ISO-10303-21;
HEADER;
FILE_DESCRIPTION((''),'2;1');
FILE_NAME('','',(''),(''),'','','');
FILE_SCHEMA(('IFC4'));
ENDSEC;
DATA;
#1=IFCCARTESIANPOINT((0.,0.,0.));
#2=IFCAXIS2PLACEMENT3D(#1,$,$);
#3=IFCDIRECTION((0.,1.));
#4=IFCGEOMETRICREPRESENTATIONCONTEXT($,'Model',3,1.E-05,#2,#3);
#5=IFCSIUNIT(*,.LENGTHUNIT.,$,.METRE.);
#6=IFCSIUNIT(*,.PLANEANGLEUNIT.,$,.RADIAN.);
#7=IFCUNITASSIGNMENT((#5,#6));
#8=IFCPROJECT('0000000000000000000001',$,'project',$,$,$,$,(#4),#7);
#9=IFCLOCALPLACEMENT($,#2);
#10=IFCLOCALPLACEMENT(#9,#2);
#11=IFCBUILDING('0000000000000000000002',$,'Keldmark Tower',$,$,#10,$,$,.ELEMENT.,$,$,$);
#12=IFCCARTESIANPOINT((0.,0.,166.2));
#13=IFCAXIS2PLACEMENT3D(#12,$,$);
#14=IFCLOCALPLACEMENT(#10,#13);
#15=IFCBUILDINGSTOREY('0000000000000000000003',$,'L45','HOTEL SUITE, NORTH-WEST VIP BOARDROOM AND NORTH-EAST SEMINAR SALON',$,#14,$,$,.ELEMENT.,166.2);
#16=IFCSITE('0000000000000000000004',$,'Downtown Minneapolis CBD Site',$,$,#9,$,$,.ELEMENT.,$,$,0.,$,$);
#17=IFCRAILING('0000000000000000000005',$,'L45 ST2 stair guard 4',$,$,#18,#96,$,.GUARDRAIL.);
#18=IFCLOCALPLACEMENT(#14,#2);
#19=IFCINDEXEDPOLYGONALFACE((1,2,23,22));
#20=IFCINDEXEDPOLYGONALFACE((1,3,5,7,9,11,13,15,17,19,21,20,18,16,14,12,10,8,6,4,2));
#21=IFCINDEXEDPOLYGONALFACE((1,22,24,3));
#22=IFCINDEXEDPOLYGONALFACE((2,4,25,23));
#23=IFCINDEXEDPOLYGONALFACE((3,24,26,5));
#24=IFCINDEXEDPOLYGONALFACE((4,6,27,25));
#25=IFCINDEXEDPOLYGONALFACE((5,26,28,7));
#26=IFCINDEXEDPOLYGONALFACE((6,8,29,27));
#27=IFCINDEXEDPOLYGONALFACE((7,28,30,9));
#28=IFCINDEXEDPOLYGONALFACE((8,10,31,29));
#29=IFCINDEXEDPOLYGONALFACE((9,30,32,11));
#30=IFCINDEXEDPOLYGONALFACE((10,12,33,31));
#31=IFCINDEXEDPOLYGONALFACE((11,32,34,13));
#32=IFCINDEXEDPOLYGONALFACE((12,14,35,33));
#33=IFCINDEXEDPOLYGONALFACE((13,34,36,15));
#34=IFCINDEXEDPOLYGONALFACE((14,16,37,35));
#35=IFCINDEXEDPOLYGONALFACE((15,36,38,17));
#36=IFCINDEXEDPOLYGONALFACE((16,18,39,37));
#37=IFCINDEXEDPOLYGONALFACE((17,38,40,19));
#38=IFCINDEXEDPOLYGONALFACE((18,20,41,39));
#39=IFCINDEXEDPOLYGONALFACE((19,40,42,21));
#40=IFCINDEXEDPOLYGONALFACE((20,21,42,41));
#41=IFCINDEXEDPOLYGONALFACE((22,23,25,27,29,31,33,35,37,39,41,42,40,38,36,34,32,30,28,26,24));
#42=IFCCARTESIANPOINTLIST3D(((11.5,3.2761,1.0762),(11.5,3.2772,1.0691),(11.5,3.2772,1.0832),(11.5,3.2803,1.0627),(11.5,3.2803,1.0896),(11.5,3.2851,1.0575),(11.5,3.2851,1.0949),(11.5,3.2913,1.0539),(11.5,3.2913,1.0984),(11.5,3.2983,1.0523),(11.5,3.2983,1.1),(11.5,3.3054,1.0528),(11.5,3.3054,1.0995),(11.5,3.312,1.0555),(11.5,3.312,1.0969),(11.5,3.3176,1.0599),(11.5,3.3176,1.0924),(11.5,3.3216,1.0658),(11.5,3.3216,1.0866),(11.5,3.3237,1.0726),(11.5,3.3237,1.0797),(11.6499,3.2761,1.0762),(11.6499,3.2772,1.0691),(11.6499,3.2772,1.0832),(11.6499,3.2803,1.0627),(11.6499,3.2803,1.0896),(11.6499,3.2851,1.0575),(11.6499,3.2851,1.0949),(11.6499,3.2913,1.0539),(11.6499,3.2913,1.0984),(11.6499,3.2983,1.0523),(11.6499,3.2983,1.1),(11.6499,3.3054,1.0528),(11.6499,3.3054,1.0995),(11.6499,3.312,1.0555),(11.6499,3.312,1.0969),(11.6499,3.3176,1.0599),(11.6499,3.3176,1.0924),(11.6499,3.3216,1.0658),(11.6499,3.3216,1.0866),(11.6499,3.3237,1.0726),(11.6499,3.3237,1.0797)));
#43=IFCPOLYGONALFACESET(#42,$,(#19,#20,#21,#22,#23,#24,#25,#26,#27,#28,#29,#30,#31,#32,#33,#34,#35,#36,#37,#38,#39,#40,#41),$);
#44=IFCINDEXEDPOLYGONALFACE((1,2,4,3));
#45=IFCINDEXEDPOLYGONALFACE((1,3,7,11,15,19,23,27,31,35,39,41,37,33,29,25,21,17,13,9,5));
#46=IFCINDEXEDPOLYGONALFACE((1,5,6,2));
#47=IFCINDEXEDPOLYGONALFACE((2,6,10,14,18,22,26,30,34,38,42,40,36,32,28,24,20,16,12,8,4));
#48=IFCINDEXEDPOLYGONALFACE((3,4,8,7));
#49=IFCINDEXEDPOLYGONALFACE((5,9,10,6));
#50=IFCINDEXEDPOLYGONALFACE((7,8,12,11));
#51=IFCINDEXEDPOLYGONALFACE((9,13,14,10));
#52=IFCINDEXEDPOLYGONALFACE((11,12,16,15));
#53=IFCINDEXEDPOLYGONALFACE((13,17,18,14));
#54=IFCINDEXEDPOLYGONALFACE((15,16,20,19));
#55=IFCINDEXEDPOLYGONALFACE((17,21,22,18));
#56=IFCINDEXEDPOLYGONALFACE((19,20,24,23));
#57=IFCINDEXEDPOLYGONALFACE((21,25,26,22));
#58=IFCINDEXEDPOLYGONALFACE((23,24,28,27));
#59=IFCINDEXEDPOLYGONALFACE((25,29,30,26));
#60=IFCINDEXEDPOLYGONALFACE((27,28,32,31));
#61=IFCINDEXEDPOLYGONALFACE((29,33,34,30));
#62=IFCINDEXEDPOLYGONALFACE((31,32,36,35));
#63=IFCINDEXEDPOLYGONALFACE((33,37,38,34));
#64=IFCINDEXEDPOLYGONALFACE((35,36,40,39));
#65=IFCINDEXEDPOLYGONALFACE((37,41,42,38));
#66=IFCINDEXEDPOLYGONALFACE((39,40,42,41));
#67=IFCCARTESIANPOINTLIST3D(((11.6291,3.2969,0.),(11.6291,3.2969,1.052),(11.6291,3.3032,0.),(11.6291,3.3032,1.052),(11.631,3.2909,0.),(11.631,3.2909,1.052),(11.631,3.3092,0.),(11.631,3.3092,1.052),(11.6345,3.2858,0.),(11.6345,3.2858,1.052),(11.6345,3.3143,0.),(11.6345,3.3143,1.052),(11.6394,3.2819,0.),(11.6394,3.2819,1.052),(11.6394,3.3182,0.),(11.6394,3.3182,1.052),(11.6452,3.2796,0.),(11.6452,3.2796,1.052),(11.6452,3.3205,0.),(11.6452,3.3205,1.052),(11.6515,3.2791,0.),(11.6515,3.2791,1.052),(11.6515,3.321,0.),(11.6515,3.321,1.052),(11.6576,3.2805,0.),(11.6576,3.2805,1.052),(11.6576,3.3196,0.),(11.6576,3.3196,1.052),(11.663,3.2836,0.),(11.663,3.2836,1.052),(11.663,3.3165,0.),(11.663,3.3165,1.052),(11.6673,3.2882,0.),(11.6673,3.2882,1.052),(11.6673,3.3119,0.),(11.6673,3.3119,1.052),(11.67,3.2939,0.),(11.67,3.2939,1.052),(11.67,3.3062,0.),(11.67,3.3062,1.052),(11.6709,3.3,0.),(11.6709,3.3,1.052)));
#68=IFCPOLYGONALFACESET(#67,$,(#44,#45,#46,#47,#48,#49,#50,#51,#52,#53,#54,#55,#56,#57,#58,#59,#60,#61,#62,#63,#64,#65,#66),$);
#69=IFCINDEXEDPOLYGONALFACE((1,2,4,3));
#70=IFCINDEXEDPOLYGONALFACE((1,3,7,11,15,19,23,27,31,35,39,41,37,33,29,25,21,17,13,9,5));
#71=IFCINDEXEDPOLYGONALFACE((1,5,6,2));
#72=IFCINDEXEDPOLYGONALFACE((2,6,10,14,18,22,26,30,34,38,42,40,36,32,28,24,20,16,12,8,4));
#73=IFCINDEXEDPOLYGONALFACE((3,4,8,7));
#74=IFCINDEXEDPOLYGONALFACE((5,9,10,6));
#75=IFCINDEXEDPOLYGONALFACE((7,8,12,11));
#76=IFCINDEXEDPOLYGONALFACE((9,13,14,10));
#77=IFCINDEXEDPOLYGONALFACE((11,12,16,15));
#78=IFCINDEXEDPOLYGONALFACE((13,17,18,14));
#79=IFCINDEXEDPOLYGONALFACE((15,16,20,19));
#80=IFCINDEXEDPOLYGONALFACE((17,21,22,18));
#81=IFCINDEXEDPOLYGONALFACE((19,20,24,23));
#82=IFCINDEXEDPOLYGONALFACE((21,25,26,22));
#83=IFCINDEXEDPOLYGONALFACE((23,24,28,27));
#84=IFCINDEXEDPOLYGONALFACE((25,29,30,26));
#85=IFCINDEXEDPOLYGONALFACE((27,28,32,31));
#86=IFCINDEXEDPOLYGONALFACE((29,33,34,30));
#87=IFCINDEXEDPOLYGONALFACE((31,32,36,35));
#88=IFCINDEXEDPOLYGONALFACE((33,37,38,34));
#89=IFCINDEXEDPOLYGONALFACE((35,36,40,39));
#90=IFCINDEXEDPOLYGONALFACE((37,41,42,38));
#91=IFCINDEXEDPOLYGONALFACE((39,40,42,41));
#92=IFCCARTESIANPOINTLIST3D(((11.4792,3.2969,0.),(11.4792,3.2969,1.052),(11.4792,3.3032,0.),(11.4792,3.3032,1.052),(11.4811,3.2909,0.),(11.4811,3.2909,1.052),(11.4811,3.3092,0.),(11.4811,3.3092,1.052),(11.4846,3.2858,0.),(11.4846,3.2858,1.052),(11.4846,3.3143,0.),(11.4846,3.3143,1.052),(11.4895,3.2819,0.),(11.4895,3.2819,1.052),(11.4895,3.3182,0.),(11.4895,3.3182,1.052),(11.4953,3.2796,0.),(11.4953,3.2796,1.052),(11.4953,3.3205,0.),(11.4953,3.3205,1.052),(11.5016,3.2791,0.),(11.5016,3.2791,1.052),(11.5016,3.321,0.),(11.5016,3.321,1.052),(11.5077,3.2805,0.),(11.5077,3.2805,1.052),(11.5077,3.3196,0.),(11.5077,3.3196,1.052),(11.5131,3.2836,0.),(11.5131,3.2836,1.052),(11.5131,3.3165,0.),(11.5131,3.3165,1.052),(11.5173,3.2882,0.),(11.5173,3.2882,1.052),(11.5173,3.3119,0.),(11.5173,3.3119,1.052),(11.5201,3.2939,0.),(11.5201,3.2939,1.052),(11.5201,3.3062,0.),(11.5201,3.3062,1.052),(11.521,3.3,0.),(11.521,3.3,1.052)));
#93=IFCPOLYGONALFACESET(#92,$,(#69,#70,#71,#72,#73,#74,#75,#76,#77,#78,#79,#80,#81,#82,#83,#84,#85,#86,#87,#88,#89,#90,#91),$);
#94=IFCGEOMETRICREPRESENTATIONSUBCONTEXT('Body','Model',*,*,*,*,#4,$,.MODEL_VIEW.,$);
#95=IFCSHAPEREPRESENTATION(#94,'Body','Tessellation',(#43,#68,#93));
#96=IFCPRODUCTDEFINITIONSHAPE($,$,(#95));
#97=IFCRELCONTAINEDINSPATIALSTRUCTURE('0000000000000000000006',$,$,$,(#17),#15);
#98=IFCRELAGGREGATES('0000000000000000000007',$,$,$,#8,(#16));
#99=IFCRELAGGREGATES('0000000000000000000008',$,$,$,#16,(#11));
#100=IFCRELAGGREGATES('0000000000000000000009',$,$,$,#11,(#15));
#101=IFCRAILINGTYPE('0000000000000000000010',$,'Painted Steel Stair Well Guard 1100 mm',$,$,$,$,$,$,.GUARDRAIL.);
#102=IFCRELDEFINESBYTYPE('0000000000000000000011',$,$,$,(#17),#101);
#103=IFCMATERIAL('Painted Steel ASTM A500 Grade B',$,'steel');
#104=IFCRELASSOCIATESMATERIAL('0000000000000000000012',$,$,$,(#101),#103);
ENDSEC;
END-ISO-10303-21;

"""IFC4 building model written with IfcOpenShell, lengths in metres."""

from ifc_helpers import new_model, si_unit, direction, frame, origin, origin_2d, place, context, subcontext, project, spatial, circle, extrude, material, type_object, element, save


model = new_model("IFC4")

# Units and contexts
model_context = context("Model", 3, precision=1e-05, world=origin(), true_north=direction((0.0, 1.0)))
body_context = subcontext(model_context, "Body", "Model", "MODEL_VIEW")
ifc_project = project(units=[si_unit("LENGTHUNIT", "METRE"), si_unit("PLANEANGLEUNIT", "RADIAN")], contexts=[model_context])

# Site, building, storey
site_placement = place(None, origin())
site = spatial("IfcSite", under=ifc_project, at=site_placement, Name="Downtown Minneapolis CBD Site", CompositionType="ELEMENT", RefElevation=0.0)
building_placement = place(site_placement, origin())
building = spatial("IfcBuilding", under=site, at=building_placement, Name="Keldmark Tower", CompositionType="ELEMENT")
storey_placement = place(building_placement, frame((0.0, 0.0, 166.2)))
storey = spatial("IfcBuildingStorey", under=building, at=storey_placement, Name="L45", Description="HOTEL SUITE, NORTH-WEST VIP BOARDROOM AND NORTH-EAST SEMINAR SALON", CompositionType="ELEMENT", Elevation=166.2)

# Railing
ifc_material_1 = material(Name="Painted Steel ASTM A500 Grade B", Category="steel")
railing_type_1 = type_object("IfcRailingType", Name="Painted Steel Stair Well Guard 1100 mm", PredefinedType="GUARDRAIL", material=ifc_material_1)
railing_1_placement = place(storey_placement, frame((11.6499, 3.3, 0.0)))
element("IfcRailing", 1, at=railing_1_placement, inside=storey, type_object=railing_type_1, Name="L45 ST2 stair guard 4", PredefinedType="GUARDRAIL", context=body_context, shape_type="SweptSolid", body=[
    extrude(circle(Radius=0.0239, at=origin_2d()), frame((0.0, 0.0, 1.0762), z_axis=(-1.0, 0.0, 0.0), x_axis=(0.0, -1.0, 0.0)), (0.0, 0.0, 1.0), 0.1499),
    extrude(circle(Radius=0.021, at=origin_2d()), origin(), (0.0, 0.0, 1.0), 1.052),
    extrude(circle(Radius=0.021, at=origin_2d()), frame((-0.1499, 0.0, 0.0)), (0.0, 0.0, 1.0), 1.052),
])

save(model, "model.ifc")
